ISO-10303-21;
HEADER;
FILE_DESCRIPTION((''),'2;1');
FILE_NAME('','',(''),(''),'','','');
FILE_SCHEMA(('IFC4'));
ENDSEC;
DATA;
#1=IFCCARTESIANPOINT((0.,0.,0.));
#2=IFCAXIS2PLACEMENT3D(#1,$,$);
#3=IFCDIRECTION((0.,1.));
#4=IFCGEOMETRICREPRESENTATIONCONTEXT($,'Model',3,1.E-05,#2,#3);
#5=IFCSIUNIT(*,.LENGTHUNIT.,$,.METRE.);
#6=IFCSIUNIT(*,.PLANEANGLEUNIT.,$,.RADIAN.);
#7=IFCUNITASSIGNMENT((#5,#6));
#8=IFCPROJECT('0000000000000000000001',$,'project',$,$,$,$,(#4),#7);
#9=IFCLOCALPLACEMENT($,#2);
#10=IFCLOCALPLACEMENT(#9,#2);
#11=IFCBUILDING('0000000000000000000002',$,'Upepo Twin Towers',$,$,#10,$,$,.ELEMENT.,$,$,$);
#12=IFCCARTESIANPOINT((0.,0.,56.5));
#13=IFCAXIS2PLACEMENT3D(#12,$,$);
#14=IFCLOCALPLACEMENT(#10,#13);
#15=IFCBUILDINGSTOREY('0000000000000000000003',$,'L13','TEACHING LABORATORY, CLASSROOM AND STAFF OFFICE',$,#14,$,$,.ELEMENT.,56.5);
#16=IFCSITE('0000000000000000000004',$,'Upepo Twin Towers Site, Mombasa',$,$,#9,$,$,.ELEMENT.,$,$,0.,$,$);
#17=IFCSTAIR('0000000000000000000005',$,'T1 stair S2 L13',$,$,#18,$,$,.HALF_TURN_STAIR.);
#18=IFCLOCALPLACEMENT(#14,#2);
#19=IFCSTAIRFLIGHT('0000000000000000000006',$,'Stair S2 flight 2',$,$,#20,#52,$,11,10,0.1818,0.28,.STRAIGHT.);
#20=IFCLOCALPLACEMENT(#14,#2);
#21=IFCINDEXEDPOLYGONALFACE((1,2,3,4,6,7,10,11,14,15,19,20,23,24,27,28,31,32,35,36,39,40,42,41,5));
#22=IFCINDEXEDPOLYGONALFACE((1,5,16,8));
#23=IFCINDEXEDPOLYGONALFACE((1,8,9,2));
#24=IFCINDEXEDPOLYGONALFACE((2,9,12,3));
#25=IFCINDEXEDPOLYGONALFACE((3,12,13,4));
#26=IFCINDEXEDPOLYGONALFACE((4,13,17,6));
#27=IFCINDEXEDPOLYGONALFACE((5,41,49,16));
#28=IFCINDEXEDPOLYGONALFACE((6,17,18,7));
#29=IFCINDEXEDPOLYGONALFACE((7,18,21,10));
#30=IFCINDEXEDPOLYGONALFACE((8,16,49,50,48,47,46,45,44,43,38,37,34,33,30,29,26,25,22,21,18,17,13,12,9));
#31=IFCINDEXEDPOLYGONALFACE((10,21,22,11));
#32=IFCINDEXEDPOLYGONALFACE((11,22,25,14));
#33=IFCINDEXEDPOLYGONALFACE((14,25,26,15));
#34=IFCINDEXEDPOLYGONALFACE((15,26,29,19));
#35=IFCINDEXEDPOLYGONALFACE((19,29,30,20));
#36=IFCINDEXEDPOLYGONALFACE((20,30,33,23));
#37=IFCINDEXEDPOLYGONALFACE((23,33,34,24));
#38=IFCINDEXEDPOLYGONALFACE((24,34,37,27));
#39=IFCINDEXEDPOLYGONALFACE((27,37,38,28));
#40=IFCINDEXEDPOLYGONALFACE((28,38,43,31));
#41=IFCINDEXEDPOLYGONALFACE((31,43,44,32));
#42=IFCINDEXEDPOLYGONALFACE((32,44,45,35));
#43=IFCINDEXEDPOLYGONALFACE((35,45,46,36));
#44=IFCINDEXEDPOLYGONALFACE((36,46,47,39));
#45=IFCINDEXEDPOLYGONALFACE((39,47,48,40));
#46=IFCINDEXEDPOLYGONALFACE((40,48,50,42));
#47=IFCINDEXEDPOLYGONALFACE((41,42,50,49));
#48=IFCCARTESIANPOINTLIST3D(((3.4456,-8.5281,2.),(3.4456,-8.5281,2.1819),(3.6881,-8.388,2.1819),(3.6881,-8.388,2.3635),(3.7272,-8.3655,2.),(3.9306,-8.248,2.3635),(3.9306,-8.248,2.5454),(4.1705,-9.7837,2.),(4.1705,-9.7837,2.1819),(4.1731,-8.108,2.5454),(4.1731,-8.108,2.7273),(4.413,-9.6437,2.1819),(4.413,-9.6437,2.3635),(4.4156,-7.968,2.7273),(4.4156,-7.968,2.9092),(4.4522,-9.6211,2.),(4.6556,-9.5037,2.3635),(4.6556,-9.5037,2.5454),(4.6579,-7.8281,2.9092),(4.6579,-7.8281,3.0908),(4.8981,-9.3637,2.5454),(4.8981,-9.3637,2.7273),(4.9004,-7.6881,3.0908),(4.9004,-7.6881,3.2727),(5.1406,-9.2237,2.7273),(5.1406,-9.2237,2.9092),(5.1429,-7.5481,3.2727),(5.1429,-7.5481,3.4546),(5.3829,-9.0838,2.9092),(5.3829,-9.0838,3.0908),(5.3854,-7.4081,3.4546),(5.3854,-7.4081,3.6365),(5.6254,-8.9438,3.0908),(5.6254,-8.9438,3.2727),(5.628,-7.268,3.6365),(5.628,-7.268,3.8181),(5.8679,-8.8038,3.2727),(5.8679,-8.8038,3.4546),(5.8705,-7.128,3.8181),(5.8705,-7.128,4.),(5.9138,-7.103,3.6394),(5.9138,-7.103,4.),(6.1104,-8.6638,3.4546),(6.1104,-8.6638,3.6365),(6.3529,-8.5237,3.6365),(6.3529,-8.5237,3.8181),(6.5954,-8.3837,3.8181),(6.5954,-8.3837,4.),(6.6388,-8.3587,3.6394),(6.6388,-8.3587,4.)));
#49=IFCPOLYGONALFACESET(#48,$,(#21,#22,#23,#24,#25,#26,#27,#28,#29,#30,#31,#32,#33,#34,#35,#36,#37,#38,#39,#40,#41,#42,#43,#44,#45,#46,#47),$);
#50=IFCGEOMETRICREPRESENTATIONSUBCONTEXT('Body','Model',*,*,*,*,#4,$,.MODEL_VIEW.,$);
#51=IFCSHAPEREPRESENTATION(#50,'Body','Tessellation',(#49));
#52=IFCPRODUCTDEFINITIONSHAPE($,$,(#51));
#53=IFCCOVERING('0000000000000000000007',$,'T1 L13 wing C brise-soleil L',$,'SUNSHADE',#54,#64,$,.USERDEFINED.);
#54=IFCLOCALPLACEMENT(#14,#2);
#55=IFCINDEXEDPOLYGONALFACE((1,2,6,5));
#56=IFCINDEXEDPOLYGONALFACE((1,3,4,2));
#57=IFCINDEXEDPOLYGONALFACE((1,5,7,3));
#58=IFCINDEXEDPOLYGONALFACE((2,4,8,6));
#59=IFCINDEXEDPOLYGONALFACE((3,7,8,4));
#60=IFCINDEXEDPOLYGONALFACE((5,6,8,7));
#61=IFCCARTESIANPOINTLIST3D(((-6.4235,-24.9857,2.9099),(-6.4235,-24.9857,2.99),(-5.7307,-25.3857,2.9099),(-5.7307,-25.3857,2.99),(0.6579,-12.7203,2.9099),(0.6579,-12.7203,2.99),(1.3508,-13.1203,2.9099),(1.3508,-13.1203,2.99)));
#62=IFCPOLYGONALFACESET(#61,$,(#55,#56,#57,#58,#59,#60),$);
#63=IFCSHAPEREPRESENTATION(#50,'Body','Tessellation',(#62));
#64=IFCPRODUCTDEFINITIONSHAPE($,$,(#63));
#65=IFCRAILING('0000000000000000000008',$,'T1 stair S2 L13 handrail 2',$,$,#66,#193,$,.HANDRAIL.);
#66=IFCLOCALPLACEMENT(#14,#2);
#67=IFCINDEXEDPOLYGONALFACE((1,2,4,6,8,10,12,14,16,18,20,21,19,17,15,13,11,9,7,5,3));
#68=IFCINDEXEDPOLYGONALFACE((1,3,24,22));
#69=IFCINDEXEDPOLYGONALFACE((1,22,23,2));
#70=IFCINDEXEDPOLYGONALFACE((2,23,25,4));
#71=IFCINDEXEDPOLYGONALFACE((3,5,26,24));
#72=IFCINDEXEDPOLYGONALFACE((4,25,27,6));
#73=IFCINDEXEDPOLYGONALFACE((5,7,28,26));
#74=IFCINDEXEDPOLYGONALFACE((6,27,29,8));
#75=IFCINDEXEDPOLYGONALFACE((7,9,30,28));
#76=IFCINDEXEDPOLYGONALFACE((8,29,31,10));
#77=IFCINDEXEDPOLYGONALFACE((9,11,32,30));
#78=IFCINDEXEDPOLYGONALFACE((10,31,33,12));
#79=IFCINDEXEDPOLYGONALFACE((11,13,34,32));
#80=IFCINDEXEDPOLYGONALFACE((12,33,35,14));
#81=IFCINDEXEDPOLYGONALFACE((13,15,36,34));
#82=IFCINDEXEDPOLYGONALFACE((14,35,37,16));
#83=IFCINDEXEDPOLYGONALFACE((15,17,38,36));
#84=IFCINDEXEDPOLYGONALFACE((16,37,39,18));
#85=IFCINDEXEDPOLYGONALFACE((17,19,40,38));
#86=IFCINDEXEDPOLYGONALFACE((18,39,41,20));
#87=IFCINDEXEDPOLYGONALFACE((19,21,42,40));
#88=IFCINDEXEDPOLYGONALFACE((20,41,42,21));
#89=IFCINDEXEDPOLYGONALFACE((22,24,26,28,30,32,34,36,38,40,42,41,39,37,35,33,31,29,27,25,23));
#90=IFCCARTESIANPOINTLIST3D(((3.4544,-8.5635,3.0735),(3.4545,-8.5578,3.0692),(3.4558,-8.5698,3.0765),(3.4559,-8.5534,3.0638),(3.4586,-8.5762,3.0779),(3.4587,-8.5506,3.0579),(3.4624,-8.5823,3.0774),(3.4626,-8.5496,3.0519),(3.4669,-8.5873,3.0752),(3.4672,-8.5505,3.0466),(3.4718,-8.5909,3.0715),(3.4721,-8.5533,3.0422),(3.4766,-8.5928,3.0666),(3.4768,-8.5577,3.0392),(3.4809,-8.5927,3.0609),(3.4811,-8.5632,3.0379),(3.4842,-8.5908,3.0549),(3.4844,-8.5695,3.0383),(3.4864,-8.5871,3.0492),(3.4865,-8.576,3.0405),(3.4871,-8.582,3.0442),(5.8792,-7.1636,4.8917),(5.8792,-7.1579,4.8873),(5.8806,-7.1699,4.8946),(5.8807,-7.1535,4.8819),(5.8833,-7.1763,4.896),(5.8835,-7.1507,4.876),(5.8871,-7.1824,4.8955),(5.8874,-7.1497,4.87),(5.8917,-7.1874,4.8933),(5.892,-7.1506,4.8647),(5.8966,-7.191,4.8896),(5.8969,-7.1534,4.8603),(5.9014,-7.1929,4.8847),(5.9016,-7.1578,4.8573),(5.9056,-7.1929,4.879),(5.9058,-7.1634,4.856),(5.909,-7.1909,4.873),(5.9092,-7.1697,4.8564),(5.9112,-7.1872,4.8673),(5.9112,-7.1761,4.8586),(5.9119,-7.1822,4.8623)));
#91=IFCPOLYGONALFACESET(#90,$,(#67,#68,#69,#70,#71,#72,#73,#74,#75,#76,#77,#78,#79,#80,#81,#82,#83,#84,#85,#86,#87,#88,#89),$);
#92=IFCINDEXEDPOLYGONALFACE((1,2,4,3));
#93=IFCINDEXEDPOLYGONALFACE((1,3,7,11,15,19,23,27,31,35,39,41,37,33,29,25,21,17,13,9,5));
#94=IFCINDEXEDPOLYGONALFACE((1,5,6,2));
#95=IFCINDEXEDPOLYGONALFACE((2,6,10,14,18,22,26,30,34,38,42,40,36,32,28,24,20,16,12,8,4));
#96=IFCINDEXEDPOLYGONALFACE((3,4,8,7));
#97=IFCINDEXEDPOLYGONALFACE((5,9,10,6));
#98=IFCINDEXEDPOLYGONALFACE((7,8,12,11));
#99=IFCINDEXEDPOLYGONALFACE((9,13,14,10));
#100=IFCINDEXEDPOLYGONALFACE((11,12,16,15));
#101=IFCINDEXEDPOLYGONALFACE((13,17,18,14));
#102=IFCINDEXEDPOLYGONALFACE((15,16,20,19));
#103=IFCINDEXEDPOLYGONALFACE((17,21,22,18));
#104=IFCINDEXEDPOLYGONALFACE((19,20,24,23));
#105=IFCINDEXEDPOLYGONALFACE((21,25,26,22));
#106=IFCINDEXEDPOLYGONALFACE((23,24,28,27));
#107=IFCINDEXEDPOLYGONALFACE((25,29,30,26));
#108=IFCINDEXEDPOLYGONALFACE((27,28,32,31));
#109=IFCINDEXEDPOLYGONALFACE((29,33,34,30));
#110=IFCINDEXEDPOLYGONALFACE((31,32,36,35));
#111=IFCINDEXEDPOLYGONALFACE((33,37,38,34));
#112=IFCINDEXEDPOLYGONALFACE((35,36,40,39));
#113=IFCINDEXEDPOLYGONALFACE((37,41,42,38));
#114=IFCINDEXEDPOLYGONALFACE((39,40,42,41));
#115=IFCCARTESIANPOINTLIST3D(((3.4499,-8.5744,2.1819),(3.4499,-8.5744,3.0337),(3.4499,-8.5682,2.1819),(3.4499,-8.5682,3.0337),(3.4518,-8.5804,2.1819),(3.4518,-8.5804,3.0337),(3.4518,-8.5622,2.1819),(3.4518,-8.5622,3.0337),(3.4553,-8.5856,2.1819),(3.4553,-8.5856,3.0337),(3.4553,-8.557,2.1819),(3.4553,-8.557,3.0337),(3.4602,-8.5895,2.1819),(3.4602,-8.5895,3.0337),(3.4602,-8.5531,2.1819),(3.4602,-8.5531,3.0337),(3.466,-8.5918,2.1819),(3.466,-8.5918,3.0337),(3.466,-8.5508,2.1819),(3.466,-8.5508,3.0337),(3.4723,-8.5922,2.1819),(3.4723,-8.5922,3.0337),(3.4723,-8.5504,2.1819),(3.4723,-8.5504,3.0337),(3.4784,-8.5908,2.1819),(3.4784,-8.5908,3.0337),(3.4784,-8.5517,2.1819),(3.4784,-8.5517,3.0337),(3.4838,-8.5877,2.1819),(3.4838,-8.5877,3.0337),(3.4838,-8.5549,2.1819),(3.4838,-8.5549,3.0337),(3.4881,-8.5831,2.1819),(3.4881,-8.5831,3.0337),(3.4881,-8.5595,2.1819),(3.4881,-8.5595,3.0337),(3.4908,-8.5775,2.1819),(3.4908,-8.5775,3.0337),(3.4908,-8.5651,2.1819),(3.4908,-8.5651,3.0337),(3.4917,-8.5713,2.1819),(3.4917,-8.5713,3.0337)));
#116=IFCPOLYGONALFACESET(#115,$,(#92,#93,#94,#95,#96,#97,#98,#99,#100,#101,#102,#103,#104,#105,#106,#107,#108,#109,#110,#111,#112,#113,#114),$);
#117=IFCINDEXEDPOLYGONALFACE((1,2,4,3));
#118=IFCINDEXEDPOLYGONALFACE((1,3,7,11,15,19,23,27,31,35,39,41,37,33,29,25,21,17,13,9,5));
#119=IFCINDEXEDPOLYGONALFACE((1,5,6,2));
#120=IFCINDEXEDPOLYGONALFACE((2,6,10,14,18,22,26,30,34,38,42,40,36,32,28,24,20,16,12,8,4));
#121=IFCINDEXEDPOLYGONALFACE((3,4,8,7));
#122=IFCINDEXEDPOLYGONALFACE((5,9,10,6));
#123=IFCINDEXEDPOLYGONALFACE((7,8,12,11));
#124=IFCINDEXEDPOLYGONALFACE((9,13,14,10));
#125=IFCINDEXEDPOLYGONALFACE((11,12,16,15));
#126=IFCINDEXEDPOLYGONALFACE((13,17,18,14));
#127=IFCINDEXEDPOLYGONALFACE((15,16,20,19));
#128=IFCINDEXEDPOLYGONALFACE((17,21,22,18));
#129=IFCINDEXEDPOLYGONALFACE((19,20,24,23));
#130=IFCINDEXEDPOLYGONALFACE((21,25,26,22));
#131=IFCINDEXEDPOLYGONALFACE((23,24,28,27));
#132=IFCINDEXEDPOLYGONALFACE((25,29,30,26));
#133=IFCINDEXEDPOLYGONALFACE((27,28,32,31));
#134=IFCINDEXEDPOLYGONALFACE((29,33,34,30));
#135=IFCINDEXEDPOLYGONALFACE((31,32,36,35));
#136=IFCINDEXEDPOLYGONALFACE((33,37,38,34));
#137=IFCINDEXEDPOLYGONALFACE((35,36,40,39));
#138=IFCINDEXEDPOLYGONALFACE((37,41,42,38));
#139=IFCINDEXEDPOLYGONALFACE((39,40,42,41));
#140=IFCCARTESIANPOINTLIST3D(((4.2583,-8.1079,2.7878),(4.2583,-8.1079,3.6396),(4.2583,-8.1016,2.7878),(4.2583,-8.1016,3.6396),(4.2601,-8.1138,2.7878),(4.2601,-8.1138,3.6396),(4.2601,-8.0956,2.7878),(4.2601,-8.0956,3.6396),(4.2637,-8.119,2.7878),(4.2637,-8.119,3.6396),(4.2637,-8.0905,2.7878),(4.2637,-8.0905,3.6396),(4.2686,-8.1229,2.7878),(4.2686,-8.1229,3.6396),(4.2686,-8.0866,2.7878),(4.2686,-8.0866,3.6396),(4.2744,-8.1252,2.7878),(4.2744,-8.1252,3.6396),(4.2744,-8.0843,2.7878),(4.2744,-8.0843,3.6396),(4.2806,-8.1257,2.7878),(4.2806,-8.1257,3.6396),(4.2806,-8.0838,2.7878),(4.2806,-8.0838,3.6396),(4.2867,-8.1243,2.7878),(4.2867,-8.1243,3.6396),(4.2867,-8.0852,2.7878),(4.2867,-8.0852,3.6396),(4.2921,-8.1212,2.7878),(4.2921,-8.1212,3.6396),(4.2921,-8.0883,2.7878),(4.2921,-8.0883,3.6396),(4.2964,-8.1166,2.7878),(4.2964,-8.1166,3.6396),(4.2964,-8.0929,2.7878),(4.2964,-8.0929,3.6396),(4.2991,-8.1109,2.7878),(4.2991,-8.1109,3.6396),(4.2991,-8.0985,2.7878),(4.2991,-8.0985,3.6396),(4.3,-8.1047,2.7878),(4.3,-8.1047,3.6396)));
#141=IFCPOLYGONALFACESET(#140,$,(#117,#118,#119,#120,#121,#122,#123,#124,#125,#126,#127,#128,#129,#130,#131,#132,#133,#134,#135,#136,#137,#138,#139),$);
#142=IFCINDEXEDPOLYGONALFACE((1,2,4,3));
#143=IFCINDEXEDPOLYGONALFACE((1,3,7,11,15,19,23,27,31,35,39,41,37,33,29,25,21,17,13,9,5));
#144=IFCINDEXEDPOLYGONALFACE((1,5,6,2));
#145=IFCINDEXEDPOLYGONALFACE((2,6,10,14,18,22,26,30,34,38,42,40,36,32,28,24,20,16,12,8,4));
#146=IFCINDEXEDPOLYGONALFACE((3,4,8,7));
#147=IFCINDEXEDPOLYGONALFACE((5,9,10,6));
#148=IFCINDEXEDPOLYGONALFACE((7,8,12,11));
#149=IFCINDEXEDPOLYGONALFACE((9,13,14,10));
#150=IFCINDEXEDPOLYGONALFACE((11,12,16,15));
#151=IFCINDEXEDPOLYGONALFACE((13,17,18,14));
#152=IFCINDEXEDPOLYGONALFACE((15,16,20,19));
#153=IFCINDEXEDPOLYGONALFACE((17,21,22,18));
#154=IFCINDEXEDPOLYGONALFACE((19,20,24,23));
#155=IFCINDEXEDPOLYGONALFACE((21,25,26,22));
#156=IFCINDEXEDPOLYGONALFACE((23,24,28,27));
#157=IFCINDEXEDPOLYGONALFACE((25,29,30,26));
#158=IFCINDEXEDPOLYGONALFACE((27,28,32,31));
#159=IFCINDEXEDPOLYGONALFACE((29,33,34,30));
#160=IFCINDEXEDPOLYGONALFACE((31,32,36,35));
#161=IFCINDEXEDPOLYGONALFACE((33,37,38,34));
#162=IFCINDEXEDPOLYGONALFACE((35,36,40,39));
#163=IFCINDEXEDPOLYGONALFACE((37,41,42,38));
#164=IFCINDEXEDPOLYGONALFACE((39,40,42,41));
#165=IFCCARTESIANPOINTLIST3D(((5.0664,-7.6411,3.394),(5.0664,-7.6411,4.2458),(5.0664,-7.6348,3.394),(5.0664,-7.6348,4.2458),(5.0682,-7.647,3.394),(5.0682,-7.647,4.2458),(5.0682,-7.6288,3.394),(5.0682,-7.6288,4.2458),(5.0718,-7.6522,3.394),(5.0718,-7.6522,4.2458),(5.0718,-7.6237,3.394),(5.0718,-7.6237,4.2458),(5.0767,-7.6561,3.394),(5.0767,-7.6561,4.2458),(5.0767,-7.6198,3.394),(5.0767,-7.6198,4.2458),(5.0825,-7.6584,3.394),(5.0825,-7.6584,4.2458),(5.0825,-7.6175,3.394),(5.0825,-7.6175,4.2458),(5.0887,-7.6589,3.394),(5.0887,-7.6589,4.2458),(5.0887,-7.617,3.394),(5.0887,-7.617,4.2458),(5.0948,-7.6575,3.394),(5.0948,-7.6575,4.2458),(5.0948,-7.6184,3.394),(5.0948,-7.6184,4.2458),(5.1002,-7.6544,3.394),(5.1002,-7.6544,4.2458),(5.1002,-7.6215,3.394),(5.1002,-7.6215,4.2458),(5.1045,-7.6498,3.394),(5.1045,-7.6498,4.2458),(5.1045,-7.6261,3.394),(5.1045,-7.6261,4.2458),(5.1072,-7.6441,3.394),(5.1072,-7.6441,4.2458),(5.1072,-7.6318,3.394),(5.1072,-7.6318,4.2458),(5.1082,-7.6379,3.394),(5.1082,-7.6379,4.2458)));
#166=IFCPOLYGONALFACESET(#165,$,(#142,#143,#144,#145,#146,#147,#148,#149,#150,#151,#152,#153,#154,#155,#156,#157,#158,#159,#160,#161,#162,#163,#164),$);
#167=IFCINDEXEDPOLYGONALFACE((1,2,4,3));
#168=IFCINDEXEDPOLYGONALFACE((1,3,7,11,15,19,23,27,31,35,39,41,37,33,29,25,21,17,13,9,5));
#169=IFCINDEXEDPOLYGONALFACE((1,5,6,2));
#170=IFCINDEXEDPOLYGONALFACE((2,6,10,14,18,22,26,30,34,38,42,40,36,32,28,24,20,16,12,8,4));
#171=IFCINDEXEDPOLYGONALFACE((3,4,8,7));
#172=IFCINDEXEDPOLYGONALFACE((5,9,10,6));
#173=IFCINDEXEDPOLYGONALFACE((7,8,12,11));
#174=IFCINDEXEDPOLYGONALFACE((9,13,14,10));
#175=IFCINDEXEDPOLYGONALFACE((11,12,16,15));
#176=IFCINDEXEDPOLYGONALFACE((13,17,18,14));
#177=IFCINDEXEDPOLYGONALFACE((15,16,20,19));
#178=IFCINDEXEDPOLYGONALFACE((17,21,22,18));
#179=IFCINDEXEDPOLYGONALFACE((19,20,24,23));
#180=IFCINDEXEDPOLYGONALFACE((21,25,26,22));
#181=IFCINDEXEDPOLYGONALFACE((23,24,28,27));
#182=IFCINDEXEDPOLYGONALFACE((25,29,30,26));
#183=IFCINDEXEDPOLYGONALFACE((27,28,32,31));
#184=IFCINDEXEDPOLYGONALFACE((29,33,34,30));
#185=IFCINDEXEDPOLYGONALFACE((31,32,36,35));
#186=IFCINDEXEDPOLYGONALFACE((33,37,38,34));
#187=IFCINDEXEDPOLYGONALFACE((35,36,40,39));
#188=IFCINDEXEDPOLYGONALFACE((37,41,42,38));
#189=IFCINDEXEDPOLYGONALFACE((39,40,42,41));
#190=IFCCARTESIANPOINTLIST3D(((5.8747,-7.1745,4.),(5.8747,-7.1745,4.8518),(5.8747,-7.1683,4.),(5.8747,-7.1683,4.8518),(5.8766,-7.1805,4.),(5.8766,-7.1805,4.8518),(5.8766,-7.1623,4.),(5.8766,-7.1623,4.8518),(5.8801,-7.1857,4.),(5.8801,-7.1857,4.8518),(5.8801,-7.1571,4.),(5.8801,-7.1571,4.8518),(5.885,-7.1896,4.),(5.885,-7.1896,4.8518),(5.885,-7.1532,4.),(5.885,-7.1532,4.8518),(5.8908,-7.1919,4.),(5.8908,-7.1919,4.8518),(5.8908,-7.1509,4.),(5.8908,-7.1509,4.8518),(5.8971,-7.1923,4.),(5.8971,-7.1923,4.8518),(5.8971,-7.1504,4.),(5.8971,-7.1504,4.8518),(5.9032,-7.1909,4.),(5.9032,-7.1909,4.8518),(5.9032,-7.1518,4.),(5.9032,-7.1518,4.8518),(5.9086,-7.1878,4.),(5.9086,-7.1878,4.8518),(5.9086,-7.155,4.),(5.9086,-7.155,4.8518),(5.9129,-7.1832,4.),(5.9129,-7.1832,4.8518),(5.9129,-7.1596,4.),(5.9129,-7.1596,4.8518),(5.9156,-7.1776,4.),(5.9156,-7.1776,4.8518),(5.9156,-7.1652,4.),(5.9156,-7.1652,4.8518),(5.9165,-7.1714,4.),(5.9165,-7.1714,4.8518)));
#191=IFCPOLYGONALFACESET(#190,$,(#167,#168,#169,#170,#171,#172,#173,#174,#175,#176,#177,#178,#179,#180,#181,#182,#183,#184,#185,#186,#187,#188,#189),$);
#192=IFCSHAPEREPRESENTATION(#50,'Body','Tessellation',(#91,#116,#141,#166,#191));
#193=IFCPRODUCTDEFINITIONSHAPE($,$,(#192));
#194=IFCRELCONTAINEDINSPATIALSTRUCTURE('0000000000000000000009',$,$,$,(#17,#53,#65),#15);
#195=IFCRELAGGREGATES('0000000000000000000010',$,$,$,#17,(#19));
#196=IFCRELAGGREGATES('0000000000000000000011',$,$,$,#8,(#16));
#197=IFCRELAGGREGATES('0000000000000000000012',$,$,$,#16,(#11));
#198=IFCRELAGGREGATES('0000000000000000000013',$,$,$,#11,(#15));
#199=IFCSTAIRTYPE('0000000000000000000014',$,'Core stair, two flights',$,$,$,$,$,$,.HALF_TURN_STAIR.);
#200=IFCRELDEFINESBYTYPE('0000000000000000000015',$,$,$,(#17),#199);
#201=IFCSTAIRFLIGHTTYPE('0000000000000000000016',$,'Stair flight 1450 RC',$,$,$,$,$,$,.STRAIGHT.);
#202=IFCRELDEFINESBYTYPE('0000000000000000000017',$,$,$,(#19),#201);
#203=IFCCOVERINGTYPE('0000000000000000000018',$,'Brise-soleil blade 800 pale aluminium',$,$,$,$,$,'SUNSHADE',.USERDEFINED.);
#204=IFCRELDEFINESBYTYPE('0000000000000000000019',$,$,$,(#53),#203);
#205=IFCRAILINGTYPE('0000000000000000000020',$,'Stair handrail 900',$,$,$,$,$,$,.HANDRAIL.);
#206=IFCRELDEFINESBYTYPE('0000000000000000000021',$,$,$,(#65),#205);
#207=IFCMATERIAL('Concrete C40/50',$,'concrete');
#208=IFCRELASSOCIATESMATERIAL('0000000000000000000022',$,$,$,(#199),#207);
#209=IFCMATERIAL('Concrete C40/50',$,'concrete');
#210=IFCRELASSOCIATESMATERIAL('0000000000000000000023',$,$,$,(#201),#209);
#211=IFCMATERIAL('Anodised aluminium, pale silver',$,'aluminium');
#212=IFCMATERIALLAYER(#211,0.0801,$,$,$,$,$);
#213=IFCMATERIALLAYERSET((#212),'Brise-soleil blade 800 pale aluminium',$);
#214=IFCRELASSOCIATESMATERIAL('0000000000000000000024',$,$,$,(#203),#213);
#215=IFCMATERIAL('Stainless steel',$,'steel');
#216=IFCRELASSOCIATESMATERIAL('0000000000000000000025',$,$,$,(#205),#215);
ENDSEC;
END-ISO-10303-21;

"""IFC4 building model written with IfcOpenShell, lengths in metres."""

from ifc_helpers import new_model, si_unit, direction, frame, origin, origin_2d, place, context, subcontext, project, spatial, polyline, rectangle, circle, outline, extrude, material, layer, layer_set, type_object, element, aggregate, save


model = new_model("IFC4")

# Units and contexts
model_context = context("Model", 3, precision=1e-05, world=origin(), true_north=direction((0.0, 1.0)))
body_context = subcontext(model_context, "Body", "Model", "MODEL_VIEW")
ifc_project = project(units=[si_unit("LENGTHUNIT", "METRE"), si_unit("PLANEANGLEUNIT", "RADIAN")], contexts=[model_context])

# Site, building, storey
site_placement = place(None, origin())
site = spatial("IfcSite", under=ifc_project, at=site_placement, Name="Upepo Twin Towers Site, Mombasa", CompositionType="ELEMENT", RefElevation=0.0)
building_placement = place(site_placement, origin())
building = spatial("IfcBuilding", under=site, at=building_placement, Name="Upepo Twin Towers", CompositionType="ELEMENT")
storey_placement = place(building_placement, frame((0.0, 0.0, 56.5)))
storey = spatial("IfcBuildingStorey", under=building, at=storey_placement, Name="L13", Description="TEACHING LABORATORY, CLASSROOM AND STAFF OFFICE", CompositionType="ELEMENT", Elevation=56.5)

# Stair, stair flight
ifc_material_1 = material(Name="Concrete C40/50", Category="concrete")
stair_type = type_object("IfcStairType", Name="Core stair, two flights", PredefinedType="HALF_TURN_STAIR", material=ifc_material_1)
stair_placement = place(storey_placement, origin())
stair = element("IfcStair", 1, at=stair_placement, inside=storey, type_object=stair_type, Name="T1 stair S2 L13", PredefinedType="HALF_TURN_STAIR")
ifc_material_2 = material(Name="Concrete C40/50", Category="concrete")
stair_flight_type = type_object("IfcStairFlightType", Name="Stair flight 1450 RC", PredefinedType="STRAIGHT", material=ifc_material_2)
stair_flight_placement = place(storey_placement, frame((3.8081, -9.156, 2.0), z_axis=(0.0, 0.0, 1.0), x_axis=(0.866025, 0.5, 0.0)))
stair_flight = element("IfcStairFlight", 2, at=stair_flight_placement, type_object=stair_flight_type, Name="Stair S2 flight 2", NumberOfRisers=11, NumberOfTreads=10, PredefinedType="STRAIGHT", RiserHeight=0.1818, TreadLength=0.28, context=body_context, shape_type="SweptSolid", body=[
    extrude(outline(polyline([(0.0, 0.0), (0.0, 0.1819), (0.28, 0.1819), (0.28, 0.3635), (0.5601, 0.3635), (0.5601, 0.5454), (0.8401, 0.5454), (0.8401, 0.7273), (1.1201, 0.7273), (1.1201, 0.9092), (1.3999, 0.9092), (1.3999, 1.0908), (1.6799, 1.0908), (1.6799, 1.2727), (1.96, 1.2727), (1.96, 1.4546), (2.24, 1.4546), (2.24, 1.6365), (2.52, 1.6365), (2.52, 1.8181), (2.8, 1.8181), (2.8, 2.0), (2.8501, 2.0), (2.8501, 1.6394), (0.3252, 0.0), (0.0, 0.0)])), frame((0.0, 0.7251, 0.0), z_axis=(0.0, -1.0, 0.0), x_axis=(1.0, 0.0, 0.0)), (0.0, 0.0, 1.0), 1.45),
])
aggregate(stair, [stair_flight])

# Covering
ifc_material_3 = material(Name="Anodised aluminium, pale silver", Category="aluminium")
ifc_layer_1 = layer(ifc_material_3, 0.0801)
ifc_layer_set_1 = layer_set([ifc_layer_1], Name="Brise-soleil blade 800 pale aluminium")
covering_type = type_object("IfcCoveringType", Name="Brise-soleil blade 800 pale aluminium", ElementType="SUNSHADE", PredefinedType="USERDEFINED", material=ifc_layer_set_1)
covering_placement = place(storey_placement, frame((-2.5364, -19.053, 2.9099), z_axis=(0.0, 0.0, 1.0), x_axis=(-0.5, -0.866025, 0.0)))
element("IfcCovering", 3, at=covering_placement, inside=storey, type_object=covering_type, Name="T1 L13 wing C brise-soleil L", ObjectType="SUNSHADE", PredefinedType="USERDEFINED", context=body_context, shape_type="SweptSolid", body=[
    extrude(rectangle(XDim=14.1628, YDim=0.8, at=origin_2d()), origin(), (0.0, 0.0, 1.0), 0.0801),
])

# Railing
ifc_material_4 = material(Name="Stainless steel", Category="steel")
railing_type = type_object("IfcRailingType", Name="Stair handrail 900", PredefinedType="HANDRAIL", material=ifc_material_4)
railing_placement = place(storey_placement, frame((3.4707, -8.5713, 2.1819)))
element("IfcRailing", 4, at=railing_placement, inside=storey, type_object=railing_type, Name="T1 stair S2 L13 handrail 2", PredefinedType="HANDRAIL", context=body_context, shape_type="SweptSolid", body=[
    extrude(circle(Radius=0.0239, at=origin_2d()), frame((0.0, 0.0, 0.876), z_axis=(0.726336, 0.419333, 0.544606), x_axis=(-0.499984, 0.866035, 0.0)), (0.0, 0.0, 1.0), 3.3384),
    extrude(circle(Radius=0.021, at=origin_2d()), origin(), (0.0, 0.0, 1.0), 0.8518),
    extrude(circle(Radius=0.021, at=origin_2d()), frame((0.8083, 0.4666, 0.606)), (0.0, 0.0, 1.0), 0.8518),
    extrude(circle(Radius=0.021, at=origin_2d()), frame((1.6165, 0.9333, 1.2122)), (0.0, 0.0, 1.0), 0.8518),
    extrude(circle(Radius=0.021, at=origin_2d()), frame((2.4248, 1.3999, 1.8181)), (0.0, 0.0, 1.0), 0.8518),
])

save(model, "model.ifc")
